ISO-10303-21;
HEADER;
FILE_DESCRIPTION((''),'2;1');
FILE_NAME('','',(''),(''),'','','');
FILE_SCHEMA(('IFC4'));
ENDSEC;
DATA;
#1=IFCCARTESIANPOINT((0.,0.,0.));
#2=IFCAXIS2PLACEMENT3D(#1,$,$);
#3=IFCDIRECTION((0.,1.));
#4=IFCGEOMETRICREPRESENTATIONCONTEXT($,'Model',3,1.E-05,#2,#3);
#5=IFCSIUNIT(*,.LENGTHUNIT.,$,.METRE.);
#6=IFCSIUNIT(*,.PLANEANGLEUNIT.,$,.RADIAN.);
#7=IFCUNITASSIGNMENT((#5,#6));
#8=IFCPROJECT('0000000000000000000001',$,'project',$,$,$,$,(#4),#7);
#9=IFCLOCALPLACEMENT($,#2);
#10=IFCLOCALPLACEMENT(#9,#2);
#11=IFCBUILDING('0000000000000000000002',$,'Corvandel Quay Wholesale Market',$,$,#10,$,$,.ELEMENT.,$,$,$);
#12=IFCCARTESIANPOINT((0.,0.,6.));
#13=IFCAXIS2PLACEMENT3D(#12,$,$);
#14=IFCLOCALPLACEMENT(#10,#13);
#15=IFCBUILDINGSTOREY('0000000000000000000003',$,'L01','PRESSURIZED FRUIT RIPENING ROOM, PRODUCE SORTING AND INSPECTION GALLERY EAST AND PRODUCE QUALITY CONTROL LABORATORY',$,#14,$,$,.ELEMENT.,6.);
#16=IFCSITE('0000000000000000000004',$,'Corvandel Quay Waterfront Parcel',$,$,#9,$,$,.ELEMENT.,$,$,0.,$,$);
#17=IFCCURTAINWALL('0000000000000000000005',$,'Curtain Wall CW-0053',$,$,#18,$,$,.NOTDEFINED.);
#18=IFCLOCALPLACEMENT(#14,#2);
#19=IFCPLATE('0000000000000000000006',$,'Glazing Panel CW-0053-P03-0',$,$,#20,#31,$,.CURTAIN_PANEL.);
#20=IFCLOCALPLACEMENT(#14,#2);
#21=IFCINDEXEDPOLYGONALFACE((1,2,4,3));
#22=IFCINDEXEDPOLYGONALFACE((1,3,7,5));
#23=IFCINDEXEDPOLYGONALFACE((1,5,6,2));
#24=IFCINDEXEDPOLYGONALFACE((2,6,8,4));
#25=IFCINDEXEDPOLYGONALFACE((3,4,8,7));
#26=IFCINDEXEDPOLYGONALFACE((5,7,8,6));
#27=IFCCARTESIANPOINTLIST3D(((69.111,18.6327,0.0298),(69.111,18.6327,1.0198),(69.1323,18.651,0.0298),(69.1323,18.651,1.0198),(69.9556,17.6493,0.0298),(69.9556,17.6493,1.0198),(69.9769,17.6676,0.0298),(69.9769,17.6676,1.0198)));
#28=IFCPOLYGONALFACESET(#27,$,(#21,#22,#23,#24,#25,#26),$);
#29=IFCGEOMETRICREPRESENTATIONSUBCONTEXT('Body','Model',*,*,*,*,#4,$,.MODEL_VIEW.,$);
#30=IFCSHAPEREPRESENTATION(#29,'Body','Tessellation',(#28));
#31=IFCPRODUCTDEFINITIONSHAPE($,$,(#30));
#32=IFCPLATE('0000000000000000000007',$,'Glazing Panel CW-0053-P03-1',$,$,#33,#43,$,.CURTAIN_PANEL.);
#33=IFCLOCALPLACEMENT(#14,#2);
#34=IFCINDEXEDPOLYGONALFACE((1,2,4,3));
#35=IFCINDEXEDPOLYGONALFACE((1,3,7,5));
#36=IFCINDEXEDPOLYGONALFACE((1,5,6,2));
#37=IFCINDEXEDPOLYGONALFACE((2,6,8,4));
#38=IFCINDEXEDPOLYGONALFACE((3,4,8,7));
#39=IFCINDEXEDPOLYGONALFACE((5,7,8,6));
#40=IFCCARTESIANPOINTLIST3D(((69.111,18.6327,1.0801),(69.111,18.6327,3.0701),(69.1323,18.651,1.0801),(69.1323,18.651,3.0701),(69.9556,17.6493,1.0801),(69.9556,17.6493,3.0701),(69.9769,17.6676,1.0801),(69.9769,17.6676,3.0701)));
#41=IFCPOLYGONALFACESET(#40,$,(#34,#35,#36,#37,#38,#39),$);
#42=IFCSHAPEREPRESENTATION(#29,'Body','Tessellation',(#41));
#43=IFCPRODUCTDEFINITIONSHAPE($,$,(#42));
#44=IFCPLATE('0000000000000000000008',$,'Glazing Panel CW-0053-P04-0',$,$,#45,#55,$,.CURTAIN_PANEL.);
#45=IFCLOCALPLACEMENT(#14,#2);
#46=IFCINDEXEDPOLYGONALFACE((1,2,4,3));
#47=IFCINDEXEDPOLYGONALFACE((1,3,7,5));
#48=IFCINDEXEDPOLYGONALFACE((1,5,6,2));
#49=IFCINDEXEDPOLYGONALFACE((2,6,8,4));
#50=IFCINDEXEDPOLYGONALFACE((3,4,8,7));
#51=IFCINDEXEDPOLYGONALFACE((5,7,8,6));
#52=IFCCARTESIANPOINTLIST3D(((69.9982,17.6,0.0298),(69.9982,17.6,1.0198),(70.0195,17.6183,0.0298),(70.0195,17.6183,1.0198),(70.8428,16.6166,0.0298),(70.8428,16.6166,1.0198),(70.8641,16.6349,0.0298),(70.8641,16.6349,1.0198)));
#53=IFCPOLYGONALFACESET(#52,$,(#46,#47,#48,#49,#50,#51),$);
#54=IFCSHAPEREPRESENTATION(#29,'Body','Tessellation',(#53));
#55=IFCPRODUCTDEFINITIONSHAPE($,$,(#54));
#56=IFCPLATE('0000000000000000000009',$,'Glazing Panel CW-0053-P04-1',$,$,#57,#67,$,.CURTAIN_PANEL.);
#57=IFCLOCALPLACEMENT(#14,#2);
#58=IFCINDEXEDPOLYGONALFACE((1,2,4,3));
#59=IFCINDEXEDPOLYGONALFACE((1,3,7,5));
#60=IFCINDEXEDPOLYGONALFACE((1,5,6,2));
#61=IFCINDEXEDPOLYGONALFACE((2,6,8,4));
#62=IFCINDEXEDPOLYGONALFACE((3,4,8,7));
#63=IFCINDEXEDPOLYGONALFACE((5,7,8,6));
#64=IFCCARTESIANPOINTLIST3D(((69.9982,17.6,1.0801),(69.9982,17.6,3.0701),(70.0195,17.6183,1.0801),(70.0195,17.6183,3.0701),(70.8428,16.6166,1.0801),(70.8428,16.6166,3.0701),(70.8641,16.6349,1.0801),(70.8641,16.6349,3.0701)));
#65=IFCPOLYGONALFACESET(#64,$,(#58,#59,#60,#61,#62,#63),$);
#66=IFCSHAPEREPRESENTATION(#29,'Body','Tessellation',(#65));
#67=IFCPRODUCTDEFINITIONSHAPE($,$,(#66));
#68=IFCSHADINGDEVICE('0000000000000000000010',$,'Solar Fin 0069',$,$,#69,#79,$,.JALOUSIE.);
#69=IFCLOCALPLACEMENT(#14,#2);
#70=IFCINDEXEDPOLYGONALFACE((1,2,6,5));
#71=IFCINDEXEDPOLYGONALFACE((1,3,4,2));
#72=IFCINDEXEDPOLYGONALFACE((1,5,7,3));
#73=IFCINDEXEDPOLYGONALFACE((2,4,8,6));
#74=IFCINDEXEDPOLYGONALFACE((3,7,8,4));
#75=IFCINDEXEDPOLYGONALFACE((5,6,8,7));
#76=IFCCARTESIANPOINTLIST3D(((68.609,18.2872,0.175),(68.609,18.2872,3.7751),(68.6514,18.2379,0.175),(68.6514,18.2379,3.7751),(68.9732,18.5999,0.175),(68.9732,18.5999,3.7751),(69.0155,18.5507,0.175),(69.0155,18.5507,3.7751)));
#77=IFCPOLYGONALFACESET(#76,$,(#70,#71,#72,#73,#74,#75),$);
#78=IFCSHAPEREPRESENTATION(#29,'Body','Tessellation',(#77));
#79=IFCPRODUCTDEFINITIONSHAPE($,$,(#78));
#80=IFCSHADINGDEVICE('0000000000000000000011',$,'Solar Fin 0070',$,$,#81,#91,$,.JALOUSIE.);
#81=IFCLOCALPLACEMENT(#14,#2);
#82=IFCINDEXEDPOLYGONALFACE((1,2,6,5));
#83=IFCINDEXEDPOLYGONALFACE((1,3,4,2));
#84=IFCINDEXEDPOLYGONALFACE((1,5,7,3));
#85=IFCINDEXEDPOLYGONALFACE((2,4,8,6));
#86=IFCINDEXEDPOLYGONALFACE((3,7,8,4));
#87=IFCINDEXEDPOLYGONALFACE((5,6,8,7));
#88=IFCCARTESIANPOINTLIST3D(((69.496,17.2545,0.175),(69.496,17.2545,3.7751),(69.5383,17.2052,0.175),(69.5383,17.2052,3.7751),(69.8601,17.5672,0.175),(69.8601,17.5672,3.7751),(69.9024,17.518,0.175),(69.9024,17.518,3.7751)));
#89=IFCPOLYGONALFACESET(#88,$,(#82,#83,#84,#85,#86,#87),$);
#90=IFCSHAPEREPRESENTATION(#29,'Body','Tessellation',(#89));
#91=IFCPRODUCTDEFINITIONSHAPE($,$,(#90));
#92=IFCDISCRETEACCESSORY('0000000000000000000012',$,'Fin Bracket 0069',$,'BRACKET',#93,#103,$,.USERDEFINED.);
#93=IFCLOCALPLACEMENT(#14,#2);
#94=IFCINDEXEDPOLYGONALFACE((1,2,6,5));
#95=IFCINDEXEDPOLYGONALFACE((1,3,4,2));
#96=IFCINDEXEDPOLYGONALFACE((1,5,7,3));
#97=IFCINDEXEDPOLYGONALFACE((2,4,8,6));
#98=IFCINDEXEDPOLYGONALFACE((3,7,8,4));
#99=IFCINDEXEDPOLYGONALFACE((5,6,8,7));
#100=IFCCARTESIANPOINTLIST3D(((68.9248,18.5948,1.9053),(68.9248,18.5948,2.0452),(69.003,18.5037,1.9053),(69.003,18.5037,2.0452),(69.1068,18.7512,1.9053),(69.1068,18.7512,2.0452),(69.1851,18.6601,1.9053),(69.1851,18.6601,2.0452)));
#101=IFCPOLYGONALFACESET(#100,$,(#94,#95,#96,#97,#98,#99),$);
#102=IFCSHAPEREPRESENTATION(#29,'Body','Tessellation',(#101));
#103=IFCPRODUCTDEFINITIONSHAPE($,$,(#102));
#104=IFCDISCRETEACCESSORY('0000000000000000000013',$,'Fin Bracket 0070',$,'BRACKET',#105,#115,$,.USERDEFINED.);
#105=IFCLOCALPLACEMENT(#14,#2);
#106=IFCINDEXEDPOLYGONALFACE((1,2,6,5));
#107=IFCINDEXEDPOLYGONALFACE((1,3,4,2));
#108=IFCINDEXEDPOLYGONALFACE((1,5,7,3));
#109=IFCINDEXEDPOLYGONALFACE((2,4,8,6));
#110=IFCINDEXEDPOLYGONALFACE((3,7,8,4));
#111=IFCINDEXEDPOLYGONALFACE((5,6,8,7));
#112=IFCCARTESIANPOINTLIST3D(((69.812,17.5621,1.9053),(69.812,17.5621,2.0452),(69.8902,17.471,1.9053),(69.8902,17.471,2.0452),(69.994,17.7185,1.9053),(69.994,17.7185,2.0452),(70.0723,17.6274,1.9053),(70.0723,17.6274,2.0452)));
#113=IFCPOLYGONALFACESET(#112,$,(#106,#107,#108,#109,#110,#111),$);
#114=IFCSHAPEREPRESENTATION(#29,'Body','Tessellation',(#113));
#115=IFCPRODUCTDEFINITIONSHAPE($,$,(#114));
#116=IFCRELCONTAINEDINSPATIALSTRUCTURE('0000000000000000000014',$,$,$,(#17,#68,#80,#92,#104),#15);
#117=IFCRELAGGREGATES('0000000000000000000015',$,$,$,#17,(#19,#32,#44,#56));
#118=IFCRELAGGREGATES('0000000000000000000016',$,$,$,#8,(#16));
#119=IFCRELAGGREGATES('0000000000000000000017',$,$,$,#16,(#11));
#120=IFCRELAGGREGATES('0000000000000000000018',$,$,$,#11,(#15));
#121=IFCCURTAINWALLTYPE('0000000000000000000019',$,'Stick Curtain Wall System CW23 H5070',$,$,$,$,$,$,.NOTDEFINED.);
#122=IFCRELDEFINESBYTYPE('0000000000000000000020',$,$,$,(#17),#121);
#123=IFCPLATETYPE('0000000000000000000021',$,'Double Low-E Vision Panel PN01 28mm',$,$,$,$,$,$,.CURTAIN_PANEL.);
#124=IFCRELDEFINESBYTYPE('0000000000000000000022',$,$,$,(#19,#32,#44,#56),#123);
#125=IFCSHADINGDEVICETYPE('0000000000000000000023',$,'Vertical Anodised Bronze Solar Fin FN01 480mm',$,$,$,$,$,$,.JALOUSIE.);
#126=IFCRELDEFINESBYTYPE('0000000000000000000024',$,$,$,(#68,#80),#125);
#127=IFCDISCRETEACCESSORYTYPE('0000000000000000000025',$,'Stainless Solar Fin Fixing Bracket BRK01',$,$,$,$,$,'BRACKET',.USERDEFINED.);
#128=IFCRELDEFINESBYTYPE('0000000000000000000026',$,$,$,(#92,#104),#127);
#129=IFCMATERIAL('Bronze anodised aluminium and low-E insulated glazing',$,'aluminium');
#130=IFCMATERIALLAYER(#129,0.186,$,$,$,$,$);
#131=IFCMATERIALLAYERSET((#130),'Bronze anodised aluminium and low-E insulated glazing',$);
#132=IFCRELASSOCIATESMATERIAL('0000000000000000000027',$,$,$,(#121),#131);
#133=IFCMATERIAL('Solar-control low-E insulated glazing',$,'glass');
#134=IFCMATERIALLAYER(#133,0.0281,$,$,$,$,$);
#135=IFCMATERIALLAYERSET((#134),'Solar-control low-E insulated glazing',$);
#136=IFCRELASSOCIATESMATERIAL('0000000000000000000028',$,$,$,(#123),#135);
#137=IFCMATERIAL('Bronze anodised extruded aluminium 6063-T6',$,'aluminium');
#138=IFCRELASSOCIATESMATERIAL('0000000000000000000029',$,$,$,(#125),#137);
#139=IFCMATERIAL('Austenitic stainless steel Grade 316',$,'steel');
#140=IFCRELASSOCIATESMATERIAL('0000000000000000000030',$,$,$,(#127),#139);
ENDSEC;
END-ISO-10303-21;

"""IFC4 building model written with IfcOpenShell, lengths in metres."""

from ifc_helpers import new_model, si_unit, direction, frame, origin, origin_2d, place, context, subcontext, project, spatial, rectangle, extrude, material, layer, layer_set, type_object, element, aggregate, save


model = new_model("IFC4")

# Units and contexts
model_context = context("Model", 3, precision=1e-05, world=origin(), true_north=direction((0.0, 1.0)))
body_context = subcontext(model_context, "Body", "Model", "MODEL_VIEW")
ifc_project = project(units=[si_unit("LENGTHUNIT", "METRE"), si_unit("PLANEANGLEUNIT", "RADIAN")], contexts=[model_context])

# Site, building, storey
site_placement = place(None, origin())
site = spatial("IfcSite", under=ifc_project, at=site_placement, Name="Corvandel Quay Waterfront Parcel", CompositionType="ELEMENT", RefElevation=0.0)
building_placement = place(site_placement, origin())
building = spatial("IfcBuilding", under=site, at=building_placement, Name="Corvandel Quay Wholesale Market", CompositionType="ELEMENT")
storey_placement = place(building_placement, frame((0.0, 0.0, 6.0)))
storey = spatial("IfcBuildingStorey", under=building, at=storey_placement, Name="L01", Description="PRESSURIZED FRUIT RIPENING ROOM, PRODUCE SORTING AND INSPECTION GALLERY EAST AND PRODUCE QUALITY CONTROL LABORATORY", CompositionType="ELEMENT", Elevation=6.0)

# Curtain wall, plates
ifc_material_1 = material(Name="Bronze anodised aluminium and low-E insulated glazing", Category="aluminium")
ifc_layer_1 = layer(ifc_material_1, 0.186)
ifc_layer_set_1 = layer_set([ifc_layer_1], Name="Bronze anodised aluminium and low-E insulated glazing")
curtain_wall_type = type_object("IfcCurtainWallType", Name="Stick Curtain Wall System CW23 H5070", PredefinedType="NOTDEFINED", material=ifc_layer_set_1)
curtain_wall_placement = place(storey_placement, origin())
curtain_wall = element("IfcCurtainWall", 1, at=curtain_wall_placement, inside=storey, type_object=curtain_wall_type, Name="Curtain Wall CW-0053", PredefinedType="NOTDEFINED")
ifc_material_2 = material(Name="Solar-control low-E insulated glazing", Category="glass")
ifc_layer_2 = layer(ifc_material_2, 0.0281)
ifc_layer_set_2 = layer_set([ifc_layer_2], Name="Solar-control low-E insulated glazing")
plate_type_1 = type_object("IfcPlateType", Name="Double Low-E Vision Panel PN01 28mm", PredefinedType="CURTAIN_PANEL", material=ifc_layer_set_2)
plate_1_placement = place(storey_placement, frame((69.5439, 18.1501, 0.0298), z_axis=(0.0, 0.0, 1.0), x_axis=(-0.651569, 0.758589, 0.0)))
plate_1 = element("IfcPlate", 2, at=plate_1_placement, type_object=plate_type_1, Name="Glazing Panel CW-0053-P03-0", PredefinedType="CURTAIN_PANEL", context=body_context, shape_type="SweptSolid", body=[
    extrude(rectangle(XDim=1.2964, YDim=0.0281, at=origin_2d()), origin(), (0.0, 0.0, 1.0), 0.99),
])
plate_2_placement = place(storey_placement, frame((69.5439, 18.1501, 1.0801), z_axis=(0.0, 0.0, 1.0), x_axis=(-0.651569, 0.758589, 0.0)))
plate_2 = element("IfcPlate", 3, at=plate_2_placement, type_object=plate_type_1, Name="Glazing Panel CW-0053-P03-1", PredefinedType="CURTAIN_PANEL", context=body_context, shape_type="SweptSolid", body=[
    extrude(rectangle(XDim=1.2964, YDim=0.0281, at=origin_2d()), origin(), (0.0, 0.0, 1.0), 1.99),
])
plate_3_placement = place(storey_placement, frame((70.4312, 17.1174, 0.0298), z_axis=(0.0, 0.0, 1.0), x_axis=(-0.651569, 0.758589, 0.0)))
plate_3 = element("IfcPlate", 4, at=plate_3_placement, type_object=plate_type_1, Name="Glazing Panel CW-0053-P04-0", PredefinedType="CURTAIN_PANEL", context=body_context, shape_type="SweptSolid", body=[
    extrude(rectangle(XDim=1.2964, YDim=0.0281, at=origin_2d()), origin(), (0.0, 0.0, 1.0), 0.99),
])
plate_4_placement = place(storey_placement, frame((70.4312, 17.1174, 1.0801), z_axis=(0.0, 0.0, 1.0), x_axis=(-0.651569, 0.758589, 0.0)))
plate_4 = element("IfcPlate", 5, at=plate_4_placement, type_object=plate_type_1, Name="Glazing Panel CW-0053-P04-1", PredefinedType="CURTAIN_PANEL", context=body_context, shape_type="SweptSolid", body=[
    extrude(rectangle(XDim=1.2964, YDim=0.0281, at=origin_2d()), origin(), (0.0, 0.0, 1.0), 1.99),
])
aggregate(curtain_wall, [plate_1, plate_2, plate_3, plate_4])

# Shading devices
ifc_material_3 = material(Name="Bronze anodised extruded aluminium 6063-T6", Category="aluminium")
shading_device_type = type_object("IfcShadingDeviceType", Name="Vertical Anodised Bronze Solar Fin FN01 480mm", PredefinedType="JALOUSIE", material=ifc_material_3)
for number, where, z_axis, x_axis, name in (
    (6, (68.8123, 18.4189, 0.175), (0.0, 0.0, 1.0), (0.758589, 0.651569, 0.0), "Solar Fin 0069"),
    (7, (69.6992, 17.3862, 0.175), (0.0, 0.0, 1.0), (0.758589, 0.651569, 0.0), "Solar Fin 0070"),
):
    element("IfcShadingDevice", number, at=place(storey_placement, frame(where, z_axis=z_axis, x_axis=x_axis)), inside=storey, type_object=shading_device_type, Name=name, PredefinedType="JALOUSIE", context=body_context, shape_type="SweptSolid", body=[
        extrude(rectangle(XDim=0.48, YDim=0.0649, at=origin_2d()), origin(), (0.0, 0.0, 1.0), 3.6001),
    ])

# Discrete accessories
ifc_material_4 = material(Name="Austenitic stainless steel Grade 316", Category="steel")
discrete_accessory_type = type_object("IfcDiscreteAccessoryType", Name="Stainless Solar Fin Fixing Bracket BRK01", ElementType="BRACKET", PredefinedType="USERDEFINED", material=ifc_material_4)
for number, where, z_axis, x_axis, name in (
    (8, (69.0549, 18.6274, 1.9053), (0.0, 0.0, 1.0), (0.758589, 0.651569, 0.0), "Fin Bracket 0069"),
    (9, (69.9421, 17.5947, 1.9053), (0.0, 0.0, 1.0), (0.758589, 0.651569, 0.0), "Fin Bracket 0070"),
):
    element("IfcDiscreteAccessory", number, at=place(storey_placement, frame(where, z_axis=z_axis, x_axis=x_axis)), inside=storey, type_object=discrete_accessory_type, Name=name, ObjectType="BRACKET", PredefinedType="USERDEFINED", context=body_context, shape_type="SweptSolid", body=[
        extrude(rectangle(XDim=0.24, YDim=0.1201, at=origin_2d()), origin(), (0.0, 0.0, 1.0), 0.1399),
    ])

save(model, "model.ifc")
